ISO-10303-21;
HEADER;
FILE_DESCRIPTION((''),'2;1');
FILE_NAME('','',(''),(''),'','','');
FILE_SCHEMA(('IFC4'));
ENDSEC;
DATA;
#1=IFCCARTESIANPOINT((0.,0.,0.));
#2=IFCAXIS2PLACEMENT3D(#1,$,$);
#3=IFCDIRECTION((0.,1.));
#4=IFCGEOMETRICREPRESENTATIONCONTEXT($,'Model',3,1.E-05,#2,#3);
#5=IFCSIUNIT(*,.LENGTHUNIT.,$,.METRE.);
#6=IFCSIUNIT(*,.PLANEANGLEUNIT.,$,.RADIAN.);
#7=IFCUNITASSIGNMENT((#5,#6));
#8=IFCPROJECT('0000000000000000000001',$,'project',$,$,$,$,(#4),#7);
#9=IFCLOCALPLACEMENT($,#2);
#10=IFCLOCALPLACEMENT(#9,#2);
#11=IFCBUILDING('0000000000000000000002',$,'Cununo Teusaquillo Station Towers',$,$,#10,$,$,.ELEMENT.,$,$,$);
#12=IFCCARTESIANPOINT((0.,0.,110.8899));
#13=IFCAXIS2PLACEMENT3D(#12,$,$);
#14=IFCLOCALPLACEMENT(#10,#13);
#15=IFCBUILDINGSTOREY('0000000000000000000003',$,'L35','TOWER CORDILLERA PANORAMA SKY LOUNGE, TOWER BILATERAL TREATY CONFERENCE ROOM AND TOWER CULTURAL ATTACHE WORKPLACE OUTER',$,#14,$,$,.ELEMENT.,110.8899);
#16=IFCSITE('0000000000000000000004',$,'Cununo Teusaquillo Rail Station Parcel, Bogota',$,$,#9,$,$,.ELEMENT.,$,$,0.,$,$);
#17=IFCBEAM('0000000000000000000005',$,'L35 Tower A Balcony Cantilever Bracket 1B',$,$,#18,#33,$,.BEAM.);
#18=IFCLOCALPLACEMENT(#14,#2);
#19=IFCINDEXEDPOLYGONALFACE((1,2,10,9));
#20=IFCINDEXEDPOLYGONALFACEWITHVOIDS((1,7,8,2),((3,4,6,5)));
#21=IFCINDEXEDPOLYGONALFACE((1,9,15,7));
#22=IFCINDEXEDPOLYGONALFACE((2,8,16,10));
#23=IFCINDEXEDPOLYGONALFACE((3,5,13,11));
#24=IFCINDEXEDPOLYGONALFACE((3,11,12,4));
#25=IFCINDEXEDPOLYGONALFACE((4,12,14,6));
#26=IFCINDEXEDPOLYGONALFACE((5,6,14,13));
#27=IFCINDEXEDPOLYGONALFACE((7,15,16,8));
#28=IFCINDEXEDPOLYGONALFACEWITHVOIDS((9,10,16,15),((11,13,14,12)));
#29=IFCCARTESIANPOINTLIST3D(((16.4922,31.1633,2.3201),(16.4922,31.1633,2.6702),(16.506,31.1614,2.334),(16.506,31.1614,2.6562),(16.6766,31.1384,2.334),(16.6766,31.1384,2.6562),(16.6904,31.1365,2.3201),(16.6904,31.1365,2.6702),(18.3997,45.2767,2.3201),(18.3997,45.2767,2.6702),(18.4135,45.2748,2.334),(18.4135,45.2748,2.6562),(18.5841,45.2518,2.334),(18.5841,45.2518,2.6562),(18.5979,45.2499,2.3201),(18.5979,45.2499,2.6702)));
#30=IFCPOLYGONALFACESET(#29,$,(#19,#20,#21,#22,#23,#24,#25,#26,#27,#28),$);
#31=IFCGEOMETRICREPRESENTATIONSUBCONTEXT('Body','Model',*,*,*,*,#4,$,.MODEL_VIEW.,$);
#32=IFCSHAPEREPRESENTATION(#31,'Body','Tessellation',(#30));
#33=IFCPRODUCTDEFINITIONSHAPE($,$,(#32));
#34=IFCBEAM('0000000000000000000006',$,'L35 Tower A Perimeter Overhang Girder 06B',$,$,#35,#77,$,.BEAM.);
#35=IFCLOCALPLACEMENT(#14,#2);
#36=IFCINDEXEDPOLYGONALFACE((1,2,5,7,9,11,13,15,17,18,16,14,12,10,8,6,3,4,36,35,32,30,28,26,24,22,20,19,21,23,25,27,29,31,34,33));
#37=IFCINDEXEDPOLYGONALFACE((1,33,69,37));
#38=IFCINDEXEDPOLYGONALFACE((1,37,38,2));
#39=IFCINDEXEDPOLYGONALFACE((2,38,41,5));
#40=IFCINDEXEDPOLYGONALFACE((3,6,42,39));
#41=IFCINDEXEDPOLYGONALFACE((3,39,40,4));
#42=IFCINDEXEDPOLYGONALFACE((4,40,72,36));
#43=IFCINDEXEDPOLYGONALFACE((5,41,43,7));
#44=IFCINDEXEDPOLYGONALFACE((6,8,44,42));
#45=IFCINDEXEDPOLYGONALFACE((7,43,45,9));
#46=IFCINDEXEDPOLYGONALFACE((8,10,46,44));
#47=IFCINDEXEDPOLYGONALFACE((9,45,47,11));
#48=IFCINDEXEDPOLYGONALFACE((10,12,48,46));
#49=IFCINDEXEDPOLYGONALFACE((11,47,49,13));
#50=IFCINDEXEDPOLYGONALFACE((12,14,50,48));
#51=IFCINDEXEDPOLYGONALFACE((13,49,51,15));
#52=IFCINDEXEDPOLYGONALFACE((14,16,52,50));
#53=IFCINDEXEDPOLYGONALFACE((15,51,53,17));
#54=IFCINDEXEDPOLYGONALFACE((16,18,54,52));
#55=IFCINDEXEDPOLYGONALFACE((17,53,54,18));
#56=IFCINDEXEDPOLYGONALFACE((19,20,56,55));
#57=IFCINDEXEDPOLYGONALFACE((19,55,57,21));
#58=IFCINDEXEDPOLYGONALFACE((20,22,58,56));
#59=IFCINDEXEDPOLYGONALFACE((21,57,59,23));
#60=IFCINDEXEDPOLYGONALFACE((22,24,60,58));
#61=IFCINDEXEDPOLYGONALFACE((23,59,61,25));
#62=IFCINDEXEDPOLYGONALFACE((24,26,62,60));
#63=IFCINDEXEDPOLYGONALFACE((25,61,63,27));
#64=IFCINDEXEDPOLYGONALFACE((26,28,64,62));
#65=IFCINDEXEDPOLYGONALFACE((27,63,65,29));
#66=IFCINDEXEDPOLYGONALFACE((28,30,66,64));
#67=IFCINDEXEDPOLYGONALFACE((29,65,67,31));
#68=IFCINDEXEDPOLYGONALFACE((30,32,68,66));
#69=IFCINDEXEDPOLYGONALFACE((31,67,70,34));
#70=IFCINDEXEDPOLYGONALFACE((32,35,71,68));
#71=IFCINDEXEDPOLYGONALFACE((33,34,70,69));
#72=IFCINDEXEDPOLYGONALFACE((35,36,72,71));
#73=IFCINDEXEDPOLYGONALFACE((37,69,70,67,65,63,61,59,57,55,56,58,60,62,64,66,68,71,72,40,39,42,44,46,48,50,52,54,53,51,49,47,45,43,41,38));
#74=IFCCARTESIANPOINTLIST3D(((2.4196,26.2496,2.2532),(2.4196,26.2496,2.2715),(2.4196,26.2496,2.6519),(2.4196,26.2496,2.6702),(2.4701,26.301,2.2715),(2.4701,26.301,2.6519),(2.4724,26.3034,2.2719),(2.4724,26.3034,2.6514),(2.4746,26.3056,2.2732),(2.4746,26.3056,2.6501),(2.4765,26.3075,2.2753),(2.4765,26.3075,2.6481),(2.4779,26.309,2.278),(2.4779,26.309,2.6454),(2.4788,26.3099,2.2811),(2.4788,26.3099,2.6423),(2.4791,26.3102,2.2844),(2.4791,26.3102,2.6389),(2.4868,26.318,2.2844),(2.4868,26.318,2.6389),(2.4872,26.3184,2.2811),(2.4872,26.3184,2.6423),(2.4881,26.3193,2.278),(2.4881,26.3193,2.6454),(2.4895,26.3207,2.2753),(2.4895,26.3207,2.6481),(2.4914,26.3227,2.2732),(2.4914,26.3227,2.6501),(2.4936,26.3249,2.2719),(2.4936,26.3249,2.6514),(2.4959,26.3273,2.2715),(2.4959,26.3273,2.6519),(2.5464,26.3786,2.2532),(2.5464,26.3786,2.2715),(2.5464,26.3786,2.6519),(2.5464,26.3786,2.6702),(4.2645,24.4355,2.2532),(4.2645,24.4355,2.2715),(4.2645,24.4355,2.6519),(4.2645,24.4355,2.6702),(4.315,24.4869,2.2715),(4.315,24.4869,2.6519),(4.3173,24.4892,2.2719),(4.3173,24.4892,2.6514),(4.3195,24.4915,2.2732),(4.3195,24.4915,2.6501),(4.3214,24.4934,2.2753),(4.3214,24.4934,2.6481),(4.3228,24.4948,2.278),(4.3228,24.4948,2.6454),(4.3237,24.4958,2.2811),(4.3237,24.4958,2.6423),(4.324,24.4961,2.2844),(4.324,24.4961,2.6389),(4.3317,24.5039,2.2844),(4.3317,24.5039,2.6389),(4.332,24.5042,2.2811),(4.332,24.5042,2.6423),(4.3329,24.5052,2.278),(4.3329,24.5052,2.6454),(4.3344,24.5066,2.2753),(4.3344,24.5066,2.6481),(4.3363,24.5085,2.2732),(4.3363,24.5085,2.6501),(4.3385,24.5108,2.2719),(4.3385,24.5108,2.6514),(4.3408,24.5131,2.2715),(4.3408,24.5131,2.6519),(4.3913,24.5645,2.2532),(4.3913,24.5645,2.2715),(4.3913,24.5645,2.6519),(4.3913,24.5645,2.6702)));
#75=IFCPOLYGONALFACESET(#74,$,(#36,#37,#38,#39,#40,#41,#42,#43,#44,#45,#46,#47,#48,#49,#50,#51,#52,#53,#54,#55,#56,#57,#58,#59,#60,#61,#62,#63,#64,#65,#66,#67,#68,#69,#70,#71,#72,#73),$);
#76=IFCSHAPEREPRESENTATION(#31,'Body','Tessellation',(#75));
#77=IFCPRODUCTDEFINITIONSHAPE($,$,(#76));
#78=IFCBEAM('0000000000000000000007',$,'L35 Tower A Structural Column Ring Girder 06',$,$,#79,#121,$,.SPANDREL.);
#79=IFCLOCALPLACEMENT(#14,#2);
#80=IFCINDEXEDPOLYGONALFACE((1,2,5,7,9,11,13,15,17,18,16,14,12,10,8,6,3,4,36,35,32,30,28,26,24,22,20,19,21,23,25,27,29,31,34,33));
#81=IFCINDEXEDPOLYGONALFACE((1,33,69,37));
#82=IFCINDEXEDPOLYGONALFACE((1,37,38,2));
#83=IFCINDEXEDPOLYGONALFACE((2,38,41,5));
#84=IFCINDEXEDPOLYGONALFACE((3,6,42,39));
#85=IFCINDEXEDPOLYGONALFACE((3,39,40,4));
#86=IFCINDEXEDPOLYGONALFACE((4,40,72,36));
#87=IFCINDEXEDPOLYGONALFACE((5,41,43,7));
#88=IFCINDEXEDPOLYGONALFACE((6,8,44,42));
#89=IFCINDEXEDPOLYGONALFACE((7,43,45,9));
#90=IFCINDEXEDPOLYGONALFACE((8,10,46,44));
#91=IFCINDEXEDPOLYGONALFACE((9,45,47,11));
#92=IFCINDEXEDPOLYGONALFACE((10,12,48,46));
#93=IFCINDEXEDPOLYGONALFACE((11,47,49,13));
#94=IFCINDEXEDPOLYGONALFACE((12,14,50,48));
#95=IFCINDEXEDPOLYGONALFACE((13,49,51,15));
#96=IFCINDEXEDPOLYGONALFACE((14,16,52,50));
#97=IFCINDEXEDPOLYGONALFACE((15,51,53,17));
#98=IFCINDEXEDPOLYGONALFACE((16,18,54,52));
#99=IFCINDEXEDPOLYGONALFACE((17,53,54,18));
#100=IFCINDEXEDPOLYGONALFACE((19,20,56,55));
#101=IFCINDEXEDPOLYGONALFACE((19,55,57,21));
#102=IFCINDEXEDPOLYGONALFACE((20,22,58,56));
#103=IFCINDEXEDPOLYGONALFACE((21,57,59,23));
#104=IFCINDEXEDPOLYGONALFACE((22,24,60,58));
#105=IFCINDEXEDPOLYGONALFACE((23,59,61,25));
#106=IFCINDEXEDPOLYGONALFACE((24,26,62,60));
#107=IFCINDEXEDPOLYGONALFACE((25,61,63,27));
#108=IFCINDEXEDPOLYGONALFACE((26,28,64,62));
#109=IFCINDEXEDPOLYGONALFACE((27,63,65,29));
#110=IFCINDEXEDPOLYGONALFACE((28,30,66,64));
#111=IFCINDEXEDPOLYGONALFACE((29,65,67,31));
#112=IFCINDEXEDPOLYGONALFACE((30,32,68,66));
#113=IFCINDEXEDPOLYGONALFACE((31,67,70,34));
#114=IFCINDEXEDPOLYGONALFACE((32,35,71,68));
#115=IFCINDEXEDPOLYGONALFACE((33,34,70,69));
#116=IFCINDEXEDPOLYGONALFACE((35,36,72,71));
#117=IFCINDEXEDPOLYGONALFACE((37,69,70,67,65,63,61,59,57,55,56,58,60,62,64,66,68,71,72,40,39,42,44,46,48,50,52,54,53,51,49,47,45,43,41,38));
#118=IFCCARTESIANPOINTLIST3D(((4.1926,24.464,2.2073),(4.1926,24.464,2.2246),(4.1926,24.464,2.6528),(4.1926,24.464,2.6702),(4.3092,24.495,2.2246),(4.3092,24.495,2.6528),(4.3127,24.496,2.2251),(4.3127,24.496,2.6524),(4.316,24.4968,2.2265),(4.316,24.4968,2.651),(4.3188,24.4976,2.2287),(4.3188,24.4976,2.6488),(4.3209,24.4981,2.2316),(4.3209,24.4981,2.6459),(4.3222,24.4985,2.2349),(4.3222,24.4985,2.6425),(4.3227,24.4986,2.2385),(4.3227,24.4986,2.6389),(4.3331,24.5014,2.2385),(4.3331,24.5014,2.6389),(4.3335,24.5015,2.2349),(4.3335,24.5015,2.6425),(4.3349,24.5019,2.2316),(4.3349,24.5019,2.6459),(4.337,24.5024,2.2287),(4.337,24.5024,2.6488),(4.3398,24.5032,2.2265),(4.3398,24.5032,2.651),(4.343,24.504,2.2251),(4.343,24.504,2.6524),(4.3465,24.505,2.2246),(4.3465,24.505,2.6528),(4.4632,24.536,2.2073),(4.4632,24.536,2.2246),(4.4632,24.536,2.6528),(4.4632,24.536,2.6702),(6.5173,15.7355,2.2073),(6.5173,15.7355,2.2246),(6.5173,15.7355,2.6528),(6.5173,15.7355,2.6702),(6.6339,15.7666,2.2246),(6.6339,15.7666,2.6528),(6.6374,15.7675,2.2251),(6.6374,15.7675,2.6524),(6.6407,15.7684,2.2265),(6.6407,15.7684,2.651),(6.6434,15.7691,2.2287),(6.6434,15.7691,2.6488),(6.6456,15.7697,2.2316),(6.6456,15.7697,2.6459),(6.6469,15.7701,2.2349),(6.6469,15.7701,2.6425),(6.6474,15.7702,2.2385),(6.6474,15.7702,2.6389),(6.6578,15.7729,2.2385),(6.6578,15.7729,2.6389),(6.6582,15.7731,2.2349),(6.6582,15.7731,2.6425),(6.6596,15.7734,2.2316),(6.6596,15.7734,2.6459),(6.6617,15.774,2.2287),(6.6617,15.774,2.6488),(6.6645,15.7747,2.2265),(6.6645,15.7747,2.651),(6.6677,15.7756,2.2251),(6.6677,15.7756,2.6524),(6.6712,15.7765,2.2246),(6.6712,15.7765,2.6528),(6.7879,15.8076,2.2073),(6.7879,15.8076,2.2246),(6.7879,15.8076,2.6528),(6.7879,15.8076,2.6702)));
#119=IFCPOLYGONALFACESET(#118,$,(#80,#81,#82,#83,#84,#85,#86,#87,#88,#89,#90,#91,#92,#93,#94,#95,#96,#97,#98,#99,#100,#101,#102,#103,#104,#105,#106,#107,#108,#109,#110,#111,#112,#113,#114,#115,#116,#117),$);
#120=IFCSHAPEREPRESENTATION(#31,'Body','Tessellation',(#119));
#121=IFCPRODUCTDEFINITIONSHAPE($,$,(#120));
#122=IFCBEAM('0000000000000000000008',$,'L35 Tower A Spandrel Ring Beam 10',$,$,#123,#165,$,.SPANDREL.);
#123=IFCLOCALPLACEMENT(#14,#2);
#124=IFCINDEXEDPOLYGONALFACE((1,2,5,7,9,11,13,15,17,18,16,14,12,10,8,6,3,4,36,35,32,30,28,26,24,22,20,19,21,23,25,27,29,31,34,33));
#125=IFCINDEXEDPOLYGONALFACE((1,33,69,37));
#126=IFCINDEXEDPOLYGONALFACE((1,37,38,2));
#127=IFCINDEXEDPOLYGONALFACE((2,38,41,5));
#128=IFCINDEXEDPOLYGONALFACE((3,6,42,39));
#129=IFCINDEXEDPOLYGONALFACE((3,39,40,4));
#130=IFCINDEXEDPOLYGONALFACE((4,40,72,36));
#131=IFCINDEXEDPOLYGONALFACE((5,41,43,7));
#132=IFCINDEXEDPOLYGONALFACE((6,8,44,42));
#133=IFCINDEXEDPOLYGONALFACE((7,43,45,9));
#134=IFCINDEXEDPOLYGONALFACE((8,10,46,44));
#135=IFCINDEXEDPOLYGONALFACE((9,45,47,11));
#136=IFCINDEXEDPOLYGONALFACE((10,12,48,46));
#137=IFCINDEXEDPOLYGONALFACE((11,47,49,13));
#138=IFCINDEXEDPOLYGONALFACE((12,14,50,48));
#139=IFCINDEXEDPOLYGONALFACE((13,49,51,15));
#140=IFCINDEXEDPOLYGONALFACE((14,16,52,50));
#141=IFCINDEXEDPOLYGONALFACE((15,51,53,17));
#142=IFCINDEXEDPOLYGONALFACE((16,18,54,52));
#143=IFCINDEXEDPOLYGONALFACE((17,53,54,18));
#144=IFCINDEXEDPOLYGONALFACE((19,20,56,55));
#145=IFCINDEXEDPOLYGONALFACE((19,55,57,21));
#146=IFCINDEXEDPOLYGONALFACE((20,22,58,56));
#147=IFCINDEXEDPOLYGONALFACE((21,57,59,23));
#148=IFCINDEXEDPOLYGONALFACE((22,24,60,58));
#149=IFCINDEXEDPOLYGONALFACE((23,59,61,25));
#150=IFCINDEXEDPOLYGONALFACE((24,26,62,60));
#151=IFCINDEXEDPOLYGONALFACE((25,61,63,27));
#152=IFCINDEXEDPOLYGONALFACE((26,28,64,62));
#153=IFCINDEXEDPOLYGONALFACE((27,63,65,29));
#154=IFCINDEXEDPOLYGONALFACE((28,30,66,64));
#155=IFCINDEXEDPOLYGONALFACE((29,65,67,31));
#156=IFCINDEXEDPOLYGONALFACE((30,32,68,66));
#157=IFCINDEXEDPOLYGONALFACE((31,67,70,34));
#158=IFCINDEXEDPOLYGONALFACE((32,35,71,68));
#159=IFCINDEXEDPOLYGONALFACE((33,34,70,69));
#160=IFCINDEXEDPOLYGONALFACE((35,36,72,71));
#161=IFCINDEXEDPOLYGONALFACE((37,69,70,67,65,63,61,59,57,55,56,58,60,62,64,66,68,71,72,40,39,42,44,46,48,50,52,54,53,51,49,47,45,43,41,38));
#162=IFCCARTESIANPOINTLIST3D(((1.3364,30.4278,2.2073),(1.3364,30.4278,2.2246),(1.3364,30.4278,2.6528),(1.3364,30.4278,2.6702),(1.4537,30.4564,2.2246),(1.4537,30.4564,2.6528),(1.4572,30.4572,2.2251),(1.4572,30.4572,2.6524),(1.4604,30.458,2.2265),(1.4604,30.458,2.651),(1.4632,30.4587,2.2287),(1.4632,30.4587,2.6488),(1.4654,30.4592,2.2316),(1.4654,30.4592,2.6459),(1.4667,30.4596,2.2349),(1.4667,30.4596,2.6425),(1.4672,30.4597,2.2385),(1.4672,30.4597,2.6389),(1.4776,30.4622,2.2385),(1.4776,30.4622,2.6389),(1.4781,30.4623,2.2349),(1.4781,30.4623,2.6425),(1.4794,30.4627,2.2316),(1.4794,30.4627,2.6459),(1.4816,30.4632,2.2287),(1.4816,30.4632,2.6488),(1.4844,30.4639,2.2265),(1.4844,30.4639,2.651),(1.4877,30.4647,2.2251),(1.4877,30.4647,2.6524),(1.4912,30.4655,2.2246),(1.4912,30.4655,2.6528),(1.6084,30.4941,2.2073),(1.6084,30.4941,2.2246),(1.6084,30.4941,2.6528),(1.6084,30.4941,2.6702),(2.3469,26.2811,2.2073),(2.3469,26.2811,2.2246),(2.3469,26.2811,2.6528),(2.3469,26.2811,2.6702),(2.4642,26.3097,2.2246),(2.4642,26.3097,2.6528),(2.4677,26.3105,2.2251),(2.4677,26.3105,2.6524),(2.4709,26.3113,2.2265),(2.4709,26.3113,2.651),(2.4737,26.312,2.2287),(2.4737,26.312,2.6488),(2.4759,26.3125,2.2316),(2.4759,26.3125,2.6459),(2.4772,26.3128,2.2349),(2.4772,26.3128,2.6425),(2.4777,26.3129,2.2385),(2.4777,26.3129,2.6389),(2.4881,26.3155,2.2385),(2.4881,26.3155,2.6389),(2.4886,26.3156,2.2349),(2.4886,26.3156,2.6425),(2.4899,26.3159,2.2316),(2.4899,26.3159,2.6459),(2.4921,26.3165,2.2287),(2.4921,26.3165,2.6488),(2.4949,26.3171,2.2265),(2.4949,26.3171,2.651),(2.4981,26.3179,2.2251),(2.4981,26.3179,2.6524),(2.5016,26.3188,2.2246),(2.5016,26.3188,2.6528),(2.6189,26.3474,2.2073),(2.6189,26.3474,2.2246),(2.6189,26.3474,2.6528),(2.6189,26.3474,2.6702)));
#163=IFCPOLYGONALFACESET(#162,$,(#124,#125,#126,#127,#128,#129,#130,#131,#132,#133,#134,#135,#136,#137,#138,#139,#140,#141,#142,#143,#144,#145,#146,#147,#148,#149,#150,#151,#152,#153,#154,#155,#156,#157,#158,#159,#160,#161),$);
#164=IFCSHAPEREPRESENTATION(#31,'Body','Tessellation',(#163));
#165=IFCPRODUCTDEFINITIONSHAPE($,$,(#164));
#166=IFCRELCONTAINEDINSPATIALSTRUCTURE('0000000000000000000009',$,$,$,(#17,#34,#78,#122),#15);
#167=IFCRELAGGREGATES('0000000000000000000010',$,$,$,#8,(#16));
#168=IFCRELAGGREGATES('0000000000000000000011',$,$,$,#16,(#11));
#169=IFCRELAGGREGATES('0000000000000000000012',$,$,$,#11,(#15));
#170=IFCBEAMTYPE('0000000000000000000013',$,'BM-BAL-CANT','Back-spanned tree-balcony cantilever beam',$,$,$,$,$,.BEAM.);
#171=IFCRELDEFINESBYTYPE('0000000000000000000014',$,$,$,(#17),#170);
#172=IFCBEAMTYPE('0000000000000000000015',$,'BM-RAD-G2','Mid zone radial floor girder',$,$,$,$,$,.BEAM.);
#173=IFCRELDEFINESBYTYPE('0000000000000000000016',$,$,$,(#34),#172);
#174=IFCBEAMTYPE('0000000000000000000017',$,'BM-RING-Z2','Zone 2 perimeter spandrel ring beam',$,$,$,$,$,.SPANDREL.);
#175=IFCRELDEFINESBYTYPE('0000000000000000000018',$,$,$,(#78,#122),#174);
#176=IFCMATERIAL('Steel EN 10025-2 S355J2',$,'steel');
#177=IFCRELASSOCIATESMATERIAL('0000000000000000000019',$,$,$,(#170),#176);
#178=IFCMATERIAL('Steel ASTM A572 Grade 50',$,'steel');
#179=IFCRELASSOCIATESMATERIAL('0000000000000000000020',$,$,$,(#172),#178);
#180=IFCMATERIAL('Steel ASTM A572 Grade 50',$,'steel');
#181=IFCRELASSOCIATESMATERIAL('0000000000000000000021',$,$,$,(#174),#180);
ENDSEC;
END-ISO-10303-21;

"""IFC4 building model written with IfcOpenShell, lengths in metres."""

from ifc_helpers import new_model, si_unit, direction, frame, origin, origin_2d, place, context, subcontext, project, spatial, hollow_rectangle, i_section, extrude, material, material_profile, profile_set, type_object, element, save


model = new_model("IFC4")

# Units and contexts
model_context = context("Model", 3, precision=1e-05, world=origin(), true_north=direction((0.0, 1.0)))
body_context = subcontext(model_context, "Body", "Model", "MODEL_VIEW")
ifc_project = project(units=[si_unit("LENGTHUNIT", "METRE"), si_unit("PLANEANGLEUNIT", "RADIAN")], contexts=[model_context])

# Site, building, storey
site_placement = place(None, origin())
site = spatial("IfcSite", under=ifc_project, at=site_placement, Name="Cununo Teusaquillo Rail Station Parcel, Bogota", CompositionType="ELEMENT", RefElevation=0.0)
building_placement = place(site_placement, origin())
building = spatial("IfcBuilding", under=site, at=building_placement, Name="Cununo Teusaquillo Station Towers", CompositionType="ELEMENT")
storey_placement = place(building_placement, frame((0.0, 0.0, 110.8899)))
storey = spatial("IfcBuildingStorey", under=building, at=storey_placement, Name="L35", Description="TOWER CORDILLERA PANORAMA SKY LOUNGE, TOWER BILATERAL TREATY CONFERENCE ROOM AND TOWER CULTURAL ATTACHE WORKPLACE OUTER", CompositionType="ELEMENT", Elevation=110.8899)

# Beams
ifc_material_1 = material(Name="Steel EN 10025-2 S355J2", Category="steel")
ifc_material_profile_1 = material_profile(ifc_material_1, hollow_rectangle(XDim=0.2, YDim=0.3501, WallThickness=0.0139, at=origin_2d()), Name="RHS 350x200x14")
ifc_profile_set_1 = profile_set([ifc_material_profile_1], Name="Steel EN 10025-2 S355J2")
beam_type_1 = type_object("IfcBeamType", Name="BM-BAL-CANT", Description="Back-spanned tree-balcony cantilever beam", PredefinedType="BEAM", material=ifc_profile_set_1)
beam_1_placement = place(storey_placement, frame((16.5913, 31.1499, 2.4951), z_axis=(0.133937, 0.99099, 0.0), x_axis=(-0.99099, 0.133937, 0.0)))
element("IfcBeam", 1, at=beam_1_placement, inside=storey, type_object=beam_type_1, Name="L35 Tower A Balcony Cantilever Bracket 1B", PredefinedType="BEAM", context=body_context, shape_type="SweptSolid", body=[
    extrude(hollow_rectangle(XDim=0.2, YDim=0.3501, WallThickness=0.0139, at=origin_2d()), origin(), (0.0, 0.0, 1.0), 14.2417),
])
ifc_material_2 = material(Name="Steel ASTM A572 Grade 50", Category="steel")
ifc_material_profile_2 = material_profile(ifc_material_2, i_section(OverallWidth=0.1809, OverallDepth=0.417, WebThickness=0.011, FlangeThickness=0.0183, FilletRadius=0.0129, at=origin_2d()), Name="W16X57")
ifc_profile_set_2 = profile_set([ifc_material_profile_2], Name="Steel ASTM A572 Grade 50")
beam_type_2 = type_object("IfcBeamType", Name="BM-RAD-G2", Description="Mid zone radial floor girder", PredefinedType="BEAM", material=ifc_profile_set_2)
beam_2_placement = place(storey_placement, frame((4.3279, 24.5, 2.4617), z_axis=(-0.713026, 0.701138, 0.0), x_axis=(-0.701138, -0.713026, 0.0)))
element("IfcBeam", 2, at=beam_2_placement, inside=storey, type_object=beam_type_2, Name="L35 Tower A Perimeter Overhang Girder 06B", PredefinedType="BEAM", context=body_context, shape_type="SweptSolid", body=[
    extrude(i_section(OverallWidth=0.1809, OverallDepth=0.417, WebThickness=0.011, FlangeThickness=0.0183, FilletRadius=0.0129, at=origin_2d()), origin(), (0.0, 0.0, 1.0), 2.5874),
])
ifc_material_3 = material(Name="Steel ASTM A572 Grade 50", Category="steel")
ifc_material_profile_3 = material_profile(ifc_material_3, i_section(OverallWidth=0.28, OverallDepth=0.4629, WebThickness=0.0107, FlangeThickness=0.0173, FilletRadius=0.0139, at=origin_2d()), Name="W18X76")
ifc_profile_set_3 = profile_set([ifc_material_profile_3], Name="Steel ASTM A572 Grade 50")
beam_type_3 = type_object("IfcBeamType", Name="BM-RING-Z2", Description="Zone 2 perimeter spandrel ring beam", PredefinedType="SPANDREL", material=ifc_profile_set_3)
beam_3_placement = place(storey_placement, frame((4.3279, 24.5, 2.4387), z_axis=(0.257363, -0.966315, 0.0), x_axis=(0.966315, 0.257363, 0.0)))
element("IfcBeam", 3, at=beam_3_placement, inside=storey, type_object=beam_type_3, Name="L35 Tower A Structural Column Ring Girder 06", PredefinedType="SPANDREL", context=body_context, shape_type="SweptSolid", body=[
    extrude(i_section(OverallWidth=0.28, OverallDepth=0.4629, WebThickness=0.0107, FlangeThickness=0.0173, FilletRadius=0.0139, at=origin_2d()), origin(), (0.0, 0.0, 1.0), 9.0327),
])
beam_4_placement = place(storey_placement, frame((1.4724, 30.4609, 2.4387), z_axis=(0.236757, -0.971569, 0.0), x_axis=(0.971569, 0.236757, 0.0)))
element("IfcBeam", 4, at=beam_4_placement, inside=storey, type_object=beam_type_3, Name="L35 Tower A Spandrel Ring Beam 10", PredefinedType="SPANDREL", context=body_context, shape_type="SweptSolid", body=[
    extrude(i_section(OverallWidth=0.28, OverallDepth=0.4629, WebThickness=0.0107, FlangeThickness=0.0173, FilletRadius=0.0139, at=origin_2d()), origin(), (0.0, 0.0, 1.0), 4.2681),
])

save(model, "model.ifc")
